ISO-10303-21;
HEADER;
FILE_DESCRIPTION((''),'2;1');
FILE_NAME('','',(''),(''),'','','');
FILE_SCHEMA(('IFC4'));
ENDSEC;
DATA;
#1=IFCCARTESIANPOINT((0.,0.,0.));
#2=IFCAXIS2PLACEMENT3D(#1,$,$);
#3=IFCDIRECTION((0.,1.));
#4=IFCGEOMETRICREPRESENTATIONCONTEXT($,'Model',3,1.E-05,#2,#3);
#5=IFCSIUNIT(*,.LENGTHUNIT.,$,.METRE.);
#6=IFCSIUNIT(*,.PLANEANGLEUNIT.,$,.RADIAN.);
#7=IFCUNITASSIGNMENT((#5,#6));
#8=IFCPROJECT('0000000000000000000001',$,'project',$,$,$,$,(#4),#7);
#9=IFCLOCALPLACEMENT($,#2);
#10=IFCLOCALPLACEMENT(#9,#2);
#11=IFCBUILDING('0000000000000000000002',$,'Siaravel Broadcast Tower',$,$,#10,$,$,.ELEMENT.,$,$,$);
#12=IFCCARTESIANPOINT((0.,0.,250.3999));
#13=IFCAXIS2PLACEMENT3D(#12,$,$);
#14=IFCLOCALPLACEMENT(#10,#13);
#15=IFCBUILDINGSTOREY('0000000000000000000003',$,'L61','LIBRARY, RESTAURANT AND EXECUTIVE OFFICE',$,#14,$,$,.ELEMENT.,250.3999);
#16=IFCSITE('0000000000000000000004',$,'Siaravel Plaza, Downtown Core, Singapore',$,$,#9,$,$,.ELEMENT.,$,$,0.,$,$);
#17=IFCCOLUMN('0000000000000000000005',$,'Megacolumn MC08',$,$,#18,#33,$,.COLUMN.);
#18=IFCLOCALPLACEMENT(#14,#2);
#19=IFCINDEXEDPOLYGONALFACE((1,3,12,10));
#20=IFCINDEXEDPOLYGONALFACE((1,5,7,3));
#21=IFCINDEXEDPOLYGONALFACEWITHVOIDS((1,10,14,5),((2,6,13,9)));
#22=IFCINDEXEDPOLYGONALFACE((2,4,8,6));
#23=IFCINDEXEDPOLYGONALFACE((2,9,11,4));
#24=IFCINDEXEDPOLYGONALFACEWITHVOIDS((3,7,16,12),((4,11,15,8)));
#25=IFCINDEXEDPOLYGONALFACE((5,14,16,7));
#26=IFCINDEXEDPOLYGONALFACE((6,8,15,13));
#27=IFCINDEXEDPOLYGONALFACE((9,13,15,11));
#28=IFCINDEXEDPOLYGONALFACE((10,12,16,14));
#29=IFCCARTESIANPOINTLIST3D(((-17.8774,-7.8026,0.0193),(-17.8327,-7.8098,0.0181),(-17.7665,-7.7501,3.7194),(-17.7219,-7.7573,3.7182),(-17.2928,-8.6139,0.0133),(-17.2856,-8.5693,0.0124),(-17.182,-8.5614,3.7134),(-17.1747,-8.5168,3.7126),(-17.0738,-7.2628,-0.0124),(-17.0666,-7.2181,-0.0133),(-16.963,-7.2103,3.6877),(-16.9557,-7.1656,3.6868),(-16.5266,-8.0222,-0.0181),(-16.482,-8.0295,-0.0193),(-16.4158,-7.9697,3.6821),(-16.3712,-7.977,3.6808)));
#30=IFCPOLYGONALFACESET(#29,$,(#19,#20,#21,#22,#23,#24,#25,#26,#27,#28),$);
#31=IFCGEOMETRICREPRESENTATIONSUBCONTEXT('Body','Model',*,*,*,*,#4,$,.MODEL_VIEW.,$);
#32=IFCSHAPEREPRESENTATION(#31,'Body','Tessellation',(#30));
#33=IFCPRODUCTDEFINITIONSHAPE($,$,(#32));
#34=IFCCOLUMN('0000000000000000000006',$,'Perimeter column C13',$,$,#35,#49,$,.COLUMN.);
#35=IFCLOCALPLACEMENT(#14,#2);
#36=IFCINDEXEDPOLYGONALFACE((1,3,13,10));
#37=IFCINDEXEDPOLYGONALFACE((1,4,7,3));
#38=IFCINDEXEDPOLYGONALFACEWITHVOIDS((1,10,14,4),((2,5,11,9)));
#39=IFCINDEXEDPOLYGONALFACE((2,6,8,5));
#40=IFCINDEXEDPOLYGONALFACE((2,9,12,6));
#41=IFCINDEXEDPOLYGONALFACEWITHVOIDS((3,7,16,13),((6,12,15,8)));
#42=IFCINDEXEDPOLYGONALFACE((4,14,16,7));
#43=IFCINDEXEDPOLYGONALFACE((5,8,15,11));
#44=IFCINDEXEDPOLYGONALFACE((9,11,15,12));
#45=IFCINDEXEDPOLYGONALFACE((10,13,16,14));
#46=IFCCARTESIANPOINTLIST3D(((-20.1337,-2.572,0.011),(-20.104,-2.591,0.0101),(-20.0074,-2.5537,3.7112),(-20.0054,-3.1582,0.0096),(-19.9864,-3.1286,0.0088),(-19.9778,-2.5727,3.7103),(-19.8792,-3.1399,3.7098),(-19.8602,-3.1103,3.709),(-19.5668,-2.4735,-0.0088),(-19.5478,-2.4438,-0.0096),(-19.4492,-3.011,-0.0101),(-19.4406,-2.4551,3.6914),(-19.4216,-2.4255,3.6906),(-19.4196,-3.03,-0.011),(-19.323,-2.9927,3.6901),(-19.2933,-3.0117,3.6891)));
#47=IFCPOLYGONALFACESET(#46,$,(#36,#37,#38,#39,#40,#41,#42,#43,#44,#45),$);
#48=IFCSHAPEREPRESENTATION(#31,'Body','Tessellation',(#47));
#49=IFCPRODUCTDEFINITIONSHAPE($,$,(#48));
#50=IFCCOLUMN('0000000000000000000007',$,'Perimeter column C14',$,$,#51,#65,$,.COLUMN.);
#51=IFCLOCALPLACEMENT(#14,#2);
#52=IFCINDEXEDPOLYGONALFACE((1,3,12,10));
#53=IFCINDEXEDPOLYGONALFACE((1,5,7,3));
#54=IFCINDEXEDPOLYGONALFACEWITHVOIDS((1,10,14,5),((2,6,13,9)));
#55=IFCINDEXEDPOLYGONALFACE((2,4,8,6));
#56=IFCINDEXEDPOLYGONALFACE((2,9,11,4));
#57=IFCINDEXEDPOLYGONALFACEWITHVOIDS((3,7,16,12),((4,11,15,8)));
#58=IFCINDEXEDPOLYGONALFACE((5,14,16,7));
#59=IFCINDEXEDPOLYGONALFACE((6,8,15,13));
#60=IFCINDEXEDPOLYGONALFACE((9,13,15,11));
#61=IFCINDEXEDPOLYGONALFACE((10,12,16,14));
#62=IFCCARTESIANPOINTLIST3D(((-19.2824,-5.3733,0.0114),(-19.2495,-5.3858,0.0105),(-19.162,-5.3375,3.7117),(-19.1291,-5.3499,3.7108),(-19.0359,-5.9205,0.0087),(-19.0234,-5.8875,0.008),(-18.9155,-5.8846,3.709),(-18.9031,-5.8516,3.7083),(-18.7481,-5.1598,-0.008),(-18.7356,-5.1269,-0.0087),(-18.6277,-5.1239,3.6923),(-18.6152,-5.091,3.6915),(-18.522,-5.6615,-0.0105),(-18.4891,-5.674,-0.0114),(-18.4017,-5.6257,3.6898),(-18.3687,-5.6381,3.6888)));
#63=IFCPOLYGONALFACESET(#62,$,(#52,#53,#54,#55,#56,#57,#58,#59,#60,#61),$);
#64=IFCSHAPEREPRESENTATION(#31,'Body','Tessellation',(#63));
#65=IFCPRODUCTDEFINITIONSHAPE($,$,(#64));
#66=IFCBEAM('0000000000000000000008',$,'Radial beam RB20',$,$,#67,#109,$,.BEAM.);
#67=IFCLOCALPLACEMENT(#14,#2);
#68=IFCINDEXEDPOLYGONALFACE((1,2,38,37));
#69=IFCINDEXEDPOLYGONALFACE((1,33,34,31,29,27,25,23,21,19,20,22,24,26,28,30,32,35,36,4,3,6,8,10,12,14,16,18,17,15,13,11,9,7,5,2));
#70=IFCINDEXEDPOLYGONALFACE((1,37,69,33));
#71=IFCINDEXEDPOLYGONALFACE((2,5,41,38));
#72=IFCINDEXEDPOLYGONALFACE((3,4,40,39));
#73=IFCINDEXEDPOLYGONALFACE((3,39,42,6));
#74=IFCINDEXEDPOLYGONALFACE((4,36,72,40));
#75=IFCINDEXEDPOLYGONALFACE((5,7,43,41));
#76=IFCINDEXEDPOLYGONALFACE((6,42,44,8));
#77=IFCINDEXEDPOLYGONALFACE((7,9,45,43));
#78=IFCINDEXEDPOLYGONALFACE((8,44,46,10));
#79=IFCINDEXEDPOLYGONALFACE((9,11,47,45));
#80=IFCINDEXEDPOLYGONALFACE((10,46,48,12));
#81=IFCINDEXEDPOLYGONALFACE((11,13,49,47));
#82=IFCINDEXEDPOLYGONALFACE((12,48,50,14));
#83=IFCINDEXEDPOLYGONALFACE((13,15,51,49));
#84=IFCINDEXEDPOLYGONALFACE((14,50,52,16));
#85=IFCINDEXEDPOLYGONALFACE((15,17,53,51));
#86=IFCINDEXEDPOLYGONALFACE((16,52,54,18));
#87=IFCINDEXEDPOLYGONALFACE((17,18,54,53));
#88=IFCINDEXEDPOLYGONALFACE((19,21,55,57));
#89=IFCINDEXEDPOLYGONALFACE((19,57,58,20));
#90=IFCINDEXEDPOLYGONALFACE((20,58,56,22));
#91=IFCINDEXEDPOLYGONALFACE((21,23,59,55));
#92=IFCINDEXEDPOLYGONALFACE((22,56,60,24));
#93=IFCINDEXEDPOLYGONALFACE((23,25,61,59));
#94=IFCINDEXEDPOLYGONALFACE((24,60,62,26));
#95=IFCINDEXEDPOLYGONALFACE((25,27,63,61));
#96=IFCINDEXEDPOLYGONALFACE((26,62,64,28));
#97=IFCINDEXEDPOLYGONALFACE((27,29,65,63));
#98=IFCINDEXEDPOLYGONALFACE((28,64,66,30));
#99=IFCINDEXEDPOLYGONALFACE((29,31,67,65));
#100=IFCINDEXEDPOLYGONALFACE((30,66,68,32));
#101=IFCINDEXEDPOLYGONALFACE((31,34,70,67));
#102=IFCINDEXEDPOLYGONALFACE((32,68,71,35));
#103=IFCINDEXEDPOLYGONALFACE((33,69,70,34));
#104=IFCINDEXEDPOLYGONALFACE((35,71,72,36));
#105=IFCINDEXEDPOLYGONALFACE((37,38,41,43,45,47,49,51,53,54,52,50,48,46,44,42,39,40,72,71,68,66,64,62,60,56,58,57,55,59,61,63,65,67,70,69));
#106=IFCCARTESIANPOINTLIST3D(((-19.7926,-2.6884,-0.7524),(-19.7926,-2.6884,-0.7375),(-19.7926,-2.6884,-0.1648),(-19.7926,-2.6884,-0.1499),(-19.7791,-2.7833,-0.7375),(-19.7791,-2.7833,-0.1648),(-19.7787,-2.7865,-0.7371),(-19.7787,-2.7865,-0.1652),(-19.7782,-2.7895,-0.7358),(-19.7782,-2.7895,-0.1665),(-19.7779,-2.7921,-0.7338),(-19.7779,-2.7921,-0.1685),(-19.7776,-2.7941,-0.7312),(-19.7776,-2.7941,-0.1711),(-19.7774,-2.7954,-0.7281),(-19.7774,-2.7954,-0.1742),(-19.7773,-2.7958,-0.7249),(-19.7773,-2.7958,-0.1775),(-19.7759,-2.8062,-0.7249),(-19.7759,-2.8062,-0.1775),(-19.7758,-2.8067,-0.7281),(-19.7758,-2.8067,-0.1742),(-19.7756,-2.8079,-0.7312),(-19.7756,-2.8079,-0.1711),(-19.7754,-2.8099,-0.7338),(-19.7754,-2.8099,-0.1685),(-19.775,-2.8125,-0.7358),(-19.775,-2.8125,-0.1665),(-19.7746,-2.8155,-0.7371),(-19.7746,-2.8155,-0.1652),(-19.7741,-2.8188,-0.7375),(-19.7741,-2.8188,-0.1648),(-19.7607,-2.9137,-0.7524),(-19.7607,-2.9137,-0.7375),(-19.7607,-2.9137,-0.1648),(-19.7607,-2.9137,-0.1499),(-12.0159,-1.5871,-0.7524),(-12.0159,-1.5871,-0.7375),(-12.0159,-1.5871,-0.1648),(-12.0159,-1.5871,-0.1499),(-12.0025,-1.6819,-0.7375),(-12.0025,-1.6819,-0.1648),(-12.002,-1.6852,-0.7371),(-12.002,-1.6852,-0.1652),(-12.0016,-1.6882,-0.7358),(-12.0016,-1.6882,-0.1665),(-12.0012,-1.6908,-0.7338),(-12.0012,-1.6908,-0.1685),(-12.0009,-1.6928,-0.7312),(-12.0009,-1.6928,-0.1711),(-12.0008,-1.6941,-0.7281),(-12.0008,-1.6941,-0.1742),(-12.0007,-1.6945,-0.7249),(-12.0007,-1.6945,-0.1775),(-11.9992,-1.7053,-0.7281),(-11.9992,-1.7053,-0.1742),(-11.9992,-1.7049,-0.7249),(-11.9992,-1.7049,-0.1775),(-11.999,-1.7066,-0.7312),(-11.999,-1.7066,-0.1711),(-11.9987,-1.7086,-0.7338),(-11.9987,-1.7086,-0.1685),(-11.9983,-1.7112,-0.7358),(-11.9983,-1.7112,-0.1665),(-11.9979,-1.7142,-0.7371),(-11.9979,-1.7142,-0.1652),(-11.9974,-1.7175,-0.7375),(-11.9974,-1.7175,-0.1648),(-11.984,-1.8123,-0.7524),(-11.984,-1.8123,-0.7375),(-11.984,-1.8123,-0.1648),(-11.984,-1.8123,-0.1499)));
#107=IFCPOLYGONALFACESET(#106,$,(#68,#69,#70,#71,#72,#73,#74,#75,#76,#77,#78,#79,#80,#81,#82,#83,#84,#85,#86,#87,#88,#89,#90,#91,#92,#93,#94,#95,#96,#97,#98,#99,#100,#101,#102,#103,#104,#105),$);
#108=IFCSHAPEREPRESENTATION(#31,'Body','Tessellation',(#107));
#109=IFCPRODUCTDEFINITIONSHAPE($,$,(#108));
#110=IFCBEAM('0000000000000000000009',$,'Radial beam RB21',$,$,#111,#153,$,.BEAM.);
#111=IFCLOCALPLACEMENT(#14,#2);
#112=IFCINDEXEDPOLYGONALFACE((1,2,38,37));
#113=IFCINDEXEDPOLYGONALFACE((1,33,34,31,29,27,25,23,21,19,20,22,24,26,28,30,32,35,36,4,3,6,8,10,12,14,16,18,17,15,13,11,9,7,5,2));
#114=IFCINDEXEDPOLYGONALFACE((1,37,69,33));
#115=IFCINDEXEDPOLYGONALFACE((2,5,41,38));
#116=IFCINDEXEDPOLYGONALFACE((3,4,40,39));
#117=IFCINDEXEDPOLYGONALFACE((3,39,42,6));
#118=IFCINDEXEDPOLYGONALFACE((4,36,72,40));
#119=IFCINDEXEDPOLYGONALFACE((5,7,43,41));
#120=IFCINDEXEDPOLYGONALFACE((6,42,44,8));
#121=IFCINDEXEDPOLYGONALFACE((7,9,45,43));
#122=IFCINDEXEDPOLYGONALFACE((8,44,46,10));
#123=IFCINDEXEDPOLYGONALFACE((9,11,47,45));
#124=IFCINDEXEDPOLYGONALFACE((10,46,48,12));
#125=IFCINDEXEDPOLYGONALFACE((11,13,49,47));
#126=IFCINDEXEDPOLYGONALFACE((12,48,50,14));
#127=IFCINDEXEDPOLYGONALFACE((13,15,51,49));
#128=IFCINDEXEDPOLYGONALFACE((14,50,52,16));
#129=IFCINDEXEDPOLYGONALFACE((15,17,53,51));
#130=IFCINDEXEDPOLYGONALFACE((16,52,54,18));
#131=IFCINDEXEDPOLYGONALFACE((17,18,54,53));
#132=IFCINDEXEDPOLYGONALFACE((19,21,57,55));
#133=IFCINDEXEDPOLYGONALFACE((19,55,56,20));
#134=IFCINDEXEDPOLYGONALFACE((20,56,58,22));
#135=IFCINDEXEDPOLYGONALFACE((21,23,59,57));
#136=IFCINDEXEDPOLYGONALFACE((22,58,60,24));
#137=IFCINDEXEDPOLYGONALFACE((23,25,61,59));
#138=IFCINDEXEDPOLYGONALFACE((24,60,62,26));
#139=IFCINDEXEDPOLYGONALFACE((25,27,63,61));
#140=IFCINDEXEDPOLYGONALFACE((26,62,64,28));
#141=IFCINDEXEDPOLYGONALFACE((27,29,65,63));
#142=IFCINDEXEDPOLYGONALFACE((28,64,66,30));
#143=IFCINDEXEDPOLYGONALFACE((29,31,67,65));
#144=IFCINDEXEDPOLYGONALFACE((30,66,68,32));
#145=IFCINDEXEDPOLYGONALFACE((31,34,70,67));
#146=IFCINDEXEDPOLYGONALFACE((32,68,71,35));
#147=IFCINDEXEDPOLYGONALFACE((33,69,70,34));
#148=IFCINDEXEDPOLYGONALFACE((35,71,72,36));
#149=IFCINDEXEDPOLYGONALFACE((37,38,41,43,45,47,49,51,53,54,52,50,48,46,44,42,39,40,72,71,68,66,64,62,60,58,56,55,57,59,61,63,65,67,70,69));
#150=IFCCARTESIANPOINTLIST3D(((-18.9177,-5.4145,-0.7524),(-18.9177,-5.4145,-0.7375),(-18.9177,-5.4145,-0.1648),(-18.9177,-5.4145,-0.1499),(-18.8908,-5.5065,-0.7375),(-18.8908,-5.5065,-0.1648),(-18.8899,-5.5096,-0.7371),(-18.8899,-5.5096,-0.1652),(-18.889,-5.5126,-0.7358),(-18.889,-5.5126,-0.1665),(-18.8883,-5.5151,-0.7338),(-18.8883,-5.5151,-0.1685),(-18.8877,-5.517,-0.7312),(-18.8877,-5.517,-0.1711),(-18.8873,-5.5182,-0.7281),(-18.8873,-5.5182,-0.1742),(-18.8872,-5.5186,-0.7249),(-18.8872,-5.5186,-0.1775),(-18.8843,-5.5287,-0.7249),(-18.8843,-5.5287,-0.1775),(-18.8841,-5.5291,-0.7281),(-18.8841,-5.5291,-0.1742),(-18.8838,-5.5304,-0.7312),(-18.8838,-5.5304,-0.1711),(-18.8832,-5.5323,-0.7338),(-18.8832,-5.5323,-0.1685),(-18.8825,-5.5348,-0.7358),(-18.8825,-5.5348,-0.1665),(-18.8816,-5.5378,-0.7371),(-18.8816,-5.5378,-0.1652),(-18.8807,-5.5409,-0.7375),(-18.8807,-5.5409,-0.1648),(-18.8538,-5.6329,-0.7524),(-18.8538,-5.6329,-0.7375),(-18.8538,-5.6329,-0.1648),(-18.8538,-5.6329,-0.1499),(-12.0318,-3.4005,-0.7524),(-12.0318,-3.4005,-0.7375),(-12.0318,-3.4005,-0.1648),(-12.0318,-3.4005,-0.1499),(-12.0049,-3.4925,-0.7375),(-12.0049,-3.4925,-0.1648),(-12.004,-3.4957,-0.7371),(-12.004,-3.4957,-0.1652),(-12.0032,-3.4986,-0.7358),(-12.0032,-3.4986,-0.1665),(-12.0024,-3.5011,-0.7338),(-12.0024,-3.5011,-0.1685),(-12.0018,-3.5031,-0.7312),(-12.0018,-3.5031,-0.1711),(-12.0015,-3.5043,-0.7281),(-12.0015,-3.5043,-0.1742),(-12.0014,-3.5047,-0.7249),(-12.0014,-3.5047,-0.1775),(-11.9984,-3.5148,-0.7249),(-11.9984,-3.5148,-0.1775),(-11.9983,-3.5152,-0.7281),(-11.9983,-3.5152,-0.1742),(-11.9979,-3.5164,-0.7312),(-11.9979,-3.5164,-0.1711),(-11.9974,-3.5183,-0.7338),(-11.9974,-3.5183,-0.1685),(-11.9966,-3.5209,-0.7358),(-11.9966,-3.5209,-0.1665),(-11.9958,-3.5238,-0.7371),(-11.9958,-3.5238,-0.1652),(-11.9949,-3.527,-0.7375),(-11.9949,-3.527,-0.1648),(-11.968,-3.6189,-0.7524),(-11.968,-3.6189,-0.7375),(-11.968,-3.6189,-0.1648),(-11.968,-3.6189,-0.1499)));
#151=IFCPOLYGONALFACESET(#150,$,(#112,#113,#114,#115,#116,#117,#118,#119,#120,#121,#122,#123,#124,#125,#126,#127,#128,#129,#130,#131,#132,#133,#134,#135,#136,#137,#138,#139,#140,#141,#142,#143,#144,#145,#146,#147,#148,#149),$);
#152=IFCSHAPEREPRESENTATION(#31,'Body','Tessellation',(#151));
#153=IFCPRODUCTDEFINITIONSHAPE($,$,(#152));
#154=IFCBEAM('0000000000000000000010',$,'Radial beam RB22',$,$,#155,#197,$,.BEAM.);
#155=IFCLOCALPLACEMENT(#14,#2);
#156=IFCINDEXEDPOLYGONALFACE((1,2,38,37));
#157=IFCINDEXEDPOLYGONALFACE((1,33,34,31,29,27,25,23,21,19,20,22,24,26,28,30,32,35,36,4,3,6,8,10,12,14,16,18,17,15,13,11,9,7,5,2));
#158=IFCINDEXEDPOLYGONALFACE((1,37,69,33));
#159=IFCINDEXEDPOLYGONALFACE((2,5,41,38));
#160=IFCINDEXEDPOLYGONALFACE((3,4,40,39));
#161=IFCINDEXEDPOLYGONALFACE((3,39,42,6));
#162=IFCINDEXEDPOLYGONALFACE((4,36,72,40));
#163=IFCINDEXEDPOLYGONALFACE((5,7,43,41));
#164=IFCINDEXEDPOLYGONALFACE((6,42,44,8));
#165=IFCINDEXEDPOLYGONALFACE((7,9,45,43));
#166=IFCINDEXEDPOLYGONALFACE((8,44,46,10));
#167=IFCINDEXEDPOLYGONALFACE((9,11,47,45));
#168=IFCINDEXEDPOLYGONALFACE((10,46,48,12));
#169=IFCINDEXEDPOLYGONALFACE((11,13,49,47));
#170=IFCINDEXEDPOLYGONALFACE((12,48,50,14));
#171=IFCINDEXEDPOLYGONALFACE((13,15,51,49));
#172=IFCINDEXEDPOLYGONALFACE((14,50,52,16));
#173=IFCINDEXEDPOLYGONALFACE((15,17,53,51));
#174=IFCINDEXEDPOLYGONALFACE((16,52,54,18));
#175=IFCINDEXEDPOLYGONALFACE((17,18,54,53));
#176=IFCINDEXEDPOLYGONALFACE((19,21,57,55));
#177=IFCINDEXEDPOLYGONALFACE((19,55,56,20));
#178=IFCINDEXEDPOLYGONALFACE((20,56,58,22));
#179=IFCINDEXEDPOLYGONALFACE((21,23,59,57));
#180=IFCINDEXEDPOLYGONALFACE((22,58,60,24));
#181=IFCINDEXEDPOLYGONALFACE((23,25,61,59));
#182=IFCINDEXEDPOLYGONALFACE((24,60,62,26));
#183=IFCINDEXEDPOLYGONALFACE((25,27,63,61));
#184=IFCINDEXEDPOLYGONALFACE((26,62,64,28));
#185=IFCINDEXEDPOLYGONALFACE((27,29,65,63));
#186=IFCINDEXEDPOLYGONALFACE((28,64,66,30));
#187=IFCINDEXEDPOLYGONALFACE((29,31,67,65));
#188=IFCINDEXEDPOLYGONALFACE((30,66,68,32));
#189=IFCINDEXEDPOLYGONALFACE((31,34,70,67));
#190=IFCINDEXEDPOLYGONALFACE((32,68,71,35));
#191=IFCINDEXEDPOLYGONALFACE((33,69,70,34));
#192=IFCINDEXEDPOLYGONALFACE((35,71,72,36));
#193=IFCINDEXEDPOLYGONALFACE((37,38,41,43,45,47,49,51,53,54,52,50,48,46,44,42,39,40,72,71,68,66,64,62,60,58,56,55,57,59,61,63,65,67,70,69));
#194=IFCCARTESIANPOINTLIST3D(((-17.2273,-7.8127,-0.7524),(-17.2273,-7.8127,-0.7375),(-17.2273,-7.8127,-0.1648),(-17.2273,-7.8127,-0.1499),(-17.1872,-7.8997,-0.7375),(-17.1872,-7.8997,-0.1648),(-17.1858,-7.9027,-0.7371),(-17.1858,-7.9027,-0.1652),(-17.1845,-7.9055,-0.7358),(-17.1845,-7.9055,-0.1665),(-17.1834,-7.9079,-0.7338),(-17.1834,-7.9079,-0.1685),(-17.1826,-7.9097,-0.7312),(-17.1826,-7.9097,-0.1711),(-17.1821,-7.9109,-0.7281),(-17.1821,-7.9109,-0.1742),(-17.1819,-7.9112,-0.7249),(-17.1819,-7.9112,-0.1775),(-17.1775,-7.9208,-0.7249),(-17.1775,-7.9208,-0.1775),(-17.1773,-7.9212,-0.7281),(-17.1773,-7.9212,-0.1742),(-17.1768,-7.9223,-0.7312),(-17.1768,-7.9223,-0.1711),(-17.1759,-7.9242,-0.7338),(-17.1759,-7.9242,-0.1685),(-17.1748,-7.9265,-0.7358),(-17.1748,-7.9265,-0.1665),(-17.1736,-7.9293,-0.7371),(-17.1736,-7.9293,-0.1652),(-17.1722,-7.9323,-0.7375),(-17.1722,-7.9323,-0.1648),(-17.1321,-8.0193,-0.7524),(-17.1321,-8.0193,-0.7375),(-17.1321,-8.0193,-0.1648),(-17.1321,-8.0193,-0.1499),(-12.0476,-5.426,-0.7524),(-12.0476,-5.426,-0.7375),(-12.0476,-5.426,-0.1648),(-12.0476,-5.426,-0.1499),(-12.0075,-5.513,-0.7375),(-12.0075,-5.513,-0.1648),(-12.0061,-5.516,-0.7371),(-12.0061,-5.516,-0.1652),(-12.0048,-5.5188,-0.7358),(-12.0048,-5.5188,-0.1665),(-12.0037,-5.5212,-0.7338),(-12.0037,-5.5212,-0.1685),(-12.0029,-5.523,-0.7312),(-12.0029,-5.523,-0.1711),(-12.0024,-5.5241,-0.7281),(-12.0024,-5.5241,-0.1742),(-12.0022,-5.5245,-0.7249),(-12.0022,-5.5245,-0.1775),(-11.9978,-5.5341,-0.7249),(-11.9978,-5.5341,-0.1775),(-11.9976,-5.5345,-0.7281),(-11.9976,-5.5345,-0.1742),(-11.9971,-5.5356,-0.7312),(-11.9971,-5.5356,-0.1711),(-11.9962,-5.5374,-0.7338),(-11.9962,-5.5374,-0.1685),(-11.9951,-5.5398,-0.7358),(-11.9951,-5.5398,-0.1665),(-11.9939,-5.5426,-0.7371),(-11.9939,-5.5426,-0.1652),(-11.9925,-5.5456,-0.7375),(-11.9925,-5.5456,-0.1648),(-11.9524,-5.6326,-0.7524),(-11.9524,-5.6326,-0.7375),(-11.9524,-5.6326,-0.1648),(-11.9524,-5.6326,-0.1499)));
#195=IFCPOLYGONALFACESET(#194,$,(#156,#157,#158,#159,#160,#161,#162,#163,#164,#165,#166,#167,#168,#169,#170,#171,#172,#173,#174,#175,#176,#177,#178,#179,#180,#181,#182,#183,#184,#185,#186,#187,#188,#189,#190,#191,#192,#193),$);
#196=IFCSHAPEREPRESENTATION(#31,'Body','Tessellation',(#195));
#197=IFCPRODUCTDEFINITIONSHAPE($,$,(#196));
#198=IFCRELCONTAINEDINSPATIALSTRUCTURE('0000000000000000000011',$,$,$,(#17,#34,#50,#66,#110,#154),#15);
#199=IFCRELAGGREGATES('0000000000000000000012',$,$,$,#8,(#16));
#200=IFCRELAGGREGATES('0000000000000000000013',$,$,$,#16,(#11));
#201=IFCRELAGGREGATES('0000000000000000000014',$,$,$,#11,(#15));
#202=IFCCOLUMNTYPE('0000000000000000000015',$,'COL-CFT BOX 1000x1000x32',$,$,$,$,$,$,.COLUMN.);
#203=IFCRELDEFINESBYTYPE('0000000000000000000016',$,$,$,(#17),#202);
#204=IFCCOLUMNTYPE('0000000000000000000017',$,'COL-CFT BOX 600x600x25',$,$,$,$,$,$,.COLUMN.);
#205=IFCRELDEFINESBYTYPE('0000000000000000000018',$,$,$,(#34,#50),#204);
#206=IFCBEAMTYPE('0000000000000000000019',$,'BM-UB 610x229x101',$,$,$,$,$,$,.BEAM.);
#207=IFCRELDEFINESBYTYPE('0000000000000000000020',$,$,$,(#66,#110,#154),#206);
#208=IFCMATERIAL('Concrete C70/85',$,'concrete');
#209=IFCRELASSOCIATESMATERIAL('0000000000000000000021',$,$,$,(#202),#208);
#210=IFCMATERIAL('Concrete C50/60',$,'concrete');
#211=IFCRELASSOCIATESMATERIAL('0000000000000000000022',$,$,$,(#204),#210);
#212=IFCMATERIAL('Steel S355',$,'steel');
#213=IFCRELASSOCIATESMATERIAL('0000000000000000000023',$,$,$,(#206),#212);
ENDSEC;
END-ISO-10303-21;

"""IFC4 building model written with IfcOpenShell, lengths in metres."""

from ifc_helpers import new_model, si_unit, direction, frame, origin, origin_2d, place, context, subcontext, project, spatial, hollow_rectangle, i_section, extrude, material, material_profile, profile_set, type_object, element, save


model = new_model("IFC4")

# Units and contexts
model_context = context("Model", 3, precision=1e-05, world=origin(), true_north=direction((0.0, 1.0)))
body_context = subcontext(model_context, "Body", "Model", "MODEL_VIEW")
ifc_project = project(units=[si_unit("LENGTHUNIT", "METRE"), si_unit("PLANEANGLEUNIT", "RADIAN")], contexts=[model_context])

# Site, building, storey
site_placement = place(None, origin())
site = spatial("IfcSite", under=ifc_project, at=site_placement, Name="Siaravel Plaza, Downtown Core, Singapore", CompositionType="ELEMENT", RefElevation=0.0)
building_placement = place(site_placement, origin())
building = spatial("IfcBuilding", under=site, at=building_placement, Name="Siaravel Broadcast Tower", CompositionType="ELEMENT")
storey_placement = place(building_placement, frame((0.0, 0.0, 250.3999)))
storey = spatial("IfcBuildingStorey", under=building, at=storey_placement, Name="L61", Description="LIBRARY, RESTAURANT AND EXECUTIVE OFFICE", CompositionType="ELEMENT", Elevation=250.3999)

# Columns
ifc_material_1 = material(Name="Concrete C70/85", Category="concrete")
ifc_material_profile_1 = material_profile(ifc_material_1, hollow_rectangle(XDim=1.0, YDim=1.0, WallThickness=0.032, at=origin_2d()))
ifc_profile_set_1 = profile_set([ifc_material_profile_1], Name="Concrete C70/85")
column_type_1 = type_object("IfcColumnType", Name="COL-CFT BOX 1000x1000x32", PredefinedType="COLUMN", material=ifc_profile_set_1)
column_placement = place(storey_placement, frame((-17.1797, -7.916, 0.0), z_axis=(0.029939, 0.014178, 0.999451), x_axis=(-0.584581, 0.811313, 0.006002)))
element("IfcColumn", 1, at=column_placement, inside=storey, type_object=column_type_1, Name="Megacolumn MC08", PredefinedType="COLUMN", context=body_context, shape_type="SweptSolid", body=[
    extrude(hollow_rectangle(XDim=1.0, YDim=1.0, WallThickness=0.032, at=origin_2d()), origin(), (0.0, 0.0, 1.0), 3.7021),
])
ifc_material_2 = material(Name="Concrete C50/60", Category="concrete")
ifc_material_profile_2 = material_profile(ifc_material_2, hollow_rectangle(XDim=0.6001, YDim=0.6001, WallThickness=0.0249, at=origin_2d()))
ifc_profile_set_2 = profile_set([ifc_material_profile_2], Name="Concrete C50/60")
column_type_2 = type_object("IfcColumnType", Name="COL-CFT BOX 600x600x25", PredefinedType="COLUMN", material=ifc_profile_set_2)
for number, where, z_axis, x_axis, name in (
    (2, (-19.7766, -2.801, 0.0), (0.034092, 0.004946, 0.999406), (-0.213691, 0.976898, 0.002455), "Perimeter column C13"),
    (3, (-18.8857, -5.5237, 0.0), (0.03251, 0.009694, 0.999424), (-0.410776, 0.911725, 0.004519), "Perimeter column C14"),
):
    element("IfcColumn", number, at=place(storey_placement, frame(where, z_axis=z_axis, x_axis=x_axis)), inside=storey, type_object=column_type_2, Name=name, PredefinedType="COLUMN", context=body_context, shape_type="SweptSolid", body=[
        extrude(hollow_rectangle(XDim=0.6001, YDim=0.6001, WallThickness=0.0249, at=origin_2d()), origin(), (0.0, 0.0, 1.0), 3.7024),
    ])

# Beams
ifc_material_3 = material(Name="Steel S355", Category="steel")
ifc_material_profile_3 = material_profile(ifc_material_3, i_section(OverallWidth=0.2275, OverallDepth=0.6025, WebThickness=0.0105, FlangeThickness=0.0149, FilletRadius=0.0127, at=origin_2d()))
ifc_profile_set_3 = profile_set([ifc_material_profile_3], Name="Steel S355")
beam_type = type_object("IfcBeamType", Name="BM-UB 610x229x101", PredefinedType="BEAM", material=ifc_profile_set_3)
beam_1_placement = place(storey_placement, frame((-19.7766, -2.801, -0.4512), z_axis=(0.99012, 0.14022, 0.0), x_axis=(-0.14022, 0.99012, 0.0)))
element("IfcBeam", 4, at=beam_1_placement, inside=storey, type_object=beam_type, Name="Radial beam RB20", PredefinedType="BEAM", context=body_context, shape_type="SweptSolid", body=[
    extrude(i_section(OverallWidth=0.2275, OverallDepth=0.6025, WebThickness=0.0105, FlangeThickness=0.0149, FilletRadius=0.0127, at=origin_2d()), origin(), (0.0, 0.0, 1.0), 7.8542),
])
beam_2_placement = place(storey_placement, frame((-18.8857, -5.5237, -0.4512), z_axis=(0.959791, 0.280716, 0.0), x_axis=(-0.280716, 0.959791, 0.0)))
element("IfcBeam", 5, at=beam_2_placement, inside=storey, type_object=beam_type, Name="Radial beam RB21", PredefinedType="BEAM", context=body_context, shape_type="SweptSolid", body=[
    extrude(i_section(OverallWidth=0.2275, OverallDepth=0.6025, WebThickness=0.0105, FlangeThickness=0.0149, FilletRadius=0.0127, at=origin_2d()), origin(), (0.0, 0.0, 1.0), 7.1743),
])
beam_3_placement = place(storey_placement, frame((-17.1797, -7.916, -0.4512), z_axis=(0.90822, 0.418493, 0.0), x_axis=(-0.418493, 0.90822, 0.0)))
element("IfcBeam", 6, at=beam_3_placement, inside=storey, type_object=beam_type, Name="Radial beam RB22", PredefinedType="BEAM", context=body_context, shape_type="SweptSolid", body=[
    extrude(i_section(OverallWidth=0.2275, OverallDepth=0.6025, WebThickness=0.0105, FlangeThickness=0.0149, FilletRadius=0.0127, at=origin_2d()), origin(), (0.0, 0.0, 1.0), 5.7031),
])

save(model, "model.ifc")
